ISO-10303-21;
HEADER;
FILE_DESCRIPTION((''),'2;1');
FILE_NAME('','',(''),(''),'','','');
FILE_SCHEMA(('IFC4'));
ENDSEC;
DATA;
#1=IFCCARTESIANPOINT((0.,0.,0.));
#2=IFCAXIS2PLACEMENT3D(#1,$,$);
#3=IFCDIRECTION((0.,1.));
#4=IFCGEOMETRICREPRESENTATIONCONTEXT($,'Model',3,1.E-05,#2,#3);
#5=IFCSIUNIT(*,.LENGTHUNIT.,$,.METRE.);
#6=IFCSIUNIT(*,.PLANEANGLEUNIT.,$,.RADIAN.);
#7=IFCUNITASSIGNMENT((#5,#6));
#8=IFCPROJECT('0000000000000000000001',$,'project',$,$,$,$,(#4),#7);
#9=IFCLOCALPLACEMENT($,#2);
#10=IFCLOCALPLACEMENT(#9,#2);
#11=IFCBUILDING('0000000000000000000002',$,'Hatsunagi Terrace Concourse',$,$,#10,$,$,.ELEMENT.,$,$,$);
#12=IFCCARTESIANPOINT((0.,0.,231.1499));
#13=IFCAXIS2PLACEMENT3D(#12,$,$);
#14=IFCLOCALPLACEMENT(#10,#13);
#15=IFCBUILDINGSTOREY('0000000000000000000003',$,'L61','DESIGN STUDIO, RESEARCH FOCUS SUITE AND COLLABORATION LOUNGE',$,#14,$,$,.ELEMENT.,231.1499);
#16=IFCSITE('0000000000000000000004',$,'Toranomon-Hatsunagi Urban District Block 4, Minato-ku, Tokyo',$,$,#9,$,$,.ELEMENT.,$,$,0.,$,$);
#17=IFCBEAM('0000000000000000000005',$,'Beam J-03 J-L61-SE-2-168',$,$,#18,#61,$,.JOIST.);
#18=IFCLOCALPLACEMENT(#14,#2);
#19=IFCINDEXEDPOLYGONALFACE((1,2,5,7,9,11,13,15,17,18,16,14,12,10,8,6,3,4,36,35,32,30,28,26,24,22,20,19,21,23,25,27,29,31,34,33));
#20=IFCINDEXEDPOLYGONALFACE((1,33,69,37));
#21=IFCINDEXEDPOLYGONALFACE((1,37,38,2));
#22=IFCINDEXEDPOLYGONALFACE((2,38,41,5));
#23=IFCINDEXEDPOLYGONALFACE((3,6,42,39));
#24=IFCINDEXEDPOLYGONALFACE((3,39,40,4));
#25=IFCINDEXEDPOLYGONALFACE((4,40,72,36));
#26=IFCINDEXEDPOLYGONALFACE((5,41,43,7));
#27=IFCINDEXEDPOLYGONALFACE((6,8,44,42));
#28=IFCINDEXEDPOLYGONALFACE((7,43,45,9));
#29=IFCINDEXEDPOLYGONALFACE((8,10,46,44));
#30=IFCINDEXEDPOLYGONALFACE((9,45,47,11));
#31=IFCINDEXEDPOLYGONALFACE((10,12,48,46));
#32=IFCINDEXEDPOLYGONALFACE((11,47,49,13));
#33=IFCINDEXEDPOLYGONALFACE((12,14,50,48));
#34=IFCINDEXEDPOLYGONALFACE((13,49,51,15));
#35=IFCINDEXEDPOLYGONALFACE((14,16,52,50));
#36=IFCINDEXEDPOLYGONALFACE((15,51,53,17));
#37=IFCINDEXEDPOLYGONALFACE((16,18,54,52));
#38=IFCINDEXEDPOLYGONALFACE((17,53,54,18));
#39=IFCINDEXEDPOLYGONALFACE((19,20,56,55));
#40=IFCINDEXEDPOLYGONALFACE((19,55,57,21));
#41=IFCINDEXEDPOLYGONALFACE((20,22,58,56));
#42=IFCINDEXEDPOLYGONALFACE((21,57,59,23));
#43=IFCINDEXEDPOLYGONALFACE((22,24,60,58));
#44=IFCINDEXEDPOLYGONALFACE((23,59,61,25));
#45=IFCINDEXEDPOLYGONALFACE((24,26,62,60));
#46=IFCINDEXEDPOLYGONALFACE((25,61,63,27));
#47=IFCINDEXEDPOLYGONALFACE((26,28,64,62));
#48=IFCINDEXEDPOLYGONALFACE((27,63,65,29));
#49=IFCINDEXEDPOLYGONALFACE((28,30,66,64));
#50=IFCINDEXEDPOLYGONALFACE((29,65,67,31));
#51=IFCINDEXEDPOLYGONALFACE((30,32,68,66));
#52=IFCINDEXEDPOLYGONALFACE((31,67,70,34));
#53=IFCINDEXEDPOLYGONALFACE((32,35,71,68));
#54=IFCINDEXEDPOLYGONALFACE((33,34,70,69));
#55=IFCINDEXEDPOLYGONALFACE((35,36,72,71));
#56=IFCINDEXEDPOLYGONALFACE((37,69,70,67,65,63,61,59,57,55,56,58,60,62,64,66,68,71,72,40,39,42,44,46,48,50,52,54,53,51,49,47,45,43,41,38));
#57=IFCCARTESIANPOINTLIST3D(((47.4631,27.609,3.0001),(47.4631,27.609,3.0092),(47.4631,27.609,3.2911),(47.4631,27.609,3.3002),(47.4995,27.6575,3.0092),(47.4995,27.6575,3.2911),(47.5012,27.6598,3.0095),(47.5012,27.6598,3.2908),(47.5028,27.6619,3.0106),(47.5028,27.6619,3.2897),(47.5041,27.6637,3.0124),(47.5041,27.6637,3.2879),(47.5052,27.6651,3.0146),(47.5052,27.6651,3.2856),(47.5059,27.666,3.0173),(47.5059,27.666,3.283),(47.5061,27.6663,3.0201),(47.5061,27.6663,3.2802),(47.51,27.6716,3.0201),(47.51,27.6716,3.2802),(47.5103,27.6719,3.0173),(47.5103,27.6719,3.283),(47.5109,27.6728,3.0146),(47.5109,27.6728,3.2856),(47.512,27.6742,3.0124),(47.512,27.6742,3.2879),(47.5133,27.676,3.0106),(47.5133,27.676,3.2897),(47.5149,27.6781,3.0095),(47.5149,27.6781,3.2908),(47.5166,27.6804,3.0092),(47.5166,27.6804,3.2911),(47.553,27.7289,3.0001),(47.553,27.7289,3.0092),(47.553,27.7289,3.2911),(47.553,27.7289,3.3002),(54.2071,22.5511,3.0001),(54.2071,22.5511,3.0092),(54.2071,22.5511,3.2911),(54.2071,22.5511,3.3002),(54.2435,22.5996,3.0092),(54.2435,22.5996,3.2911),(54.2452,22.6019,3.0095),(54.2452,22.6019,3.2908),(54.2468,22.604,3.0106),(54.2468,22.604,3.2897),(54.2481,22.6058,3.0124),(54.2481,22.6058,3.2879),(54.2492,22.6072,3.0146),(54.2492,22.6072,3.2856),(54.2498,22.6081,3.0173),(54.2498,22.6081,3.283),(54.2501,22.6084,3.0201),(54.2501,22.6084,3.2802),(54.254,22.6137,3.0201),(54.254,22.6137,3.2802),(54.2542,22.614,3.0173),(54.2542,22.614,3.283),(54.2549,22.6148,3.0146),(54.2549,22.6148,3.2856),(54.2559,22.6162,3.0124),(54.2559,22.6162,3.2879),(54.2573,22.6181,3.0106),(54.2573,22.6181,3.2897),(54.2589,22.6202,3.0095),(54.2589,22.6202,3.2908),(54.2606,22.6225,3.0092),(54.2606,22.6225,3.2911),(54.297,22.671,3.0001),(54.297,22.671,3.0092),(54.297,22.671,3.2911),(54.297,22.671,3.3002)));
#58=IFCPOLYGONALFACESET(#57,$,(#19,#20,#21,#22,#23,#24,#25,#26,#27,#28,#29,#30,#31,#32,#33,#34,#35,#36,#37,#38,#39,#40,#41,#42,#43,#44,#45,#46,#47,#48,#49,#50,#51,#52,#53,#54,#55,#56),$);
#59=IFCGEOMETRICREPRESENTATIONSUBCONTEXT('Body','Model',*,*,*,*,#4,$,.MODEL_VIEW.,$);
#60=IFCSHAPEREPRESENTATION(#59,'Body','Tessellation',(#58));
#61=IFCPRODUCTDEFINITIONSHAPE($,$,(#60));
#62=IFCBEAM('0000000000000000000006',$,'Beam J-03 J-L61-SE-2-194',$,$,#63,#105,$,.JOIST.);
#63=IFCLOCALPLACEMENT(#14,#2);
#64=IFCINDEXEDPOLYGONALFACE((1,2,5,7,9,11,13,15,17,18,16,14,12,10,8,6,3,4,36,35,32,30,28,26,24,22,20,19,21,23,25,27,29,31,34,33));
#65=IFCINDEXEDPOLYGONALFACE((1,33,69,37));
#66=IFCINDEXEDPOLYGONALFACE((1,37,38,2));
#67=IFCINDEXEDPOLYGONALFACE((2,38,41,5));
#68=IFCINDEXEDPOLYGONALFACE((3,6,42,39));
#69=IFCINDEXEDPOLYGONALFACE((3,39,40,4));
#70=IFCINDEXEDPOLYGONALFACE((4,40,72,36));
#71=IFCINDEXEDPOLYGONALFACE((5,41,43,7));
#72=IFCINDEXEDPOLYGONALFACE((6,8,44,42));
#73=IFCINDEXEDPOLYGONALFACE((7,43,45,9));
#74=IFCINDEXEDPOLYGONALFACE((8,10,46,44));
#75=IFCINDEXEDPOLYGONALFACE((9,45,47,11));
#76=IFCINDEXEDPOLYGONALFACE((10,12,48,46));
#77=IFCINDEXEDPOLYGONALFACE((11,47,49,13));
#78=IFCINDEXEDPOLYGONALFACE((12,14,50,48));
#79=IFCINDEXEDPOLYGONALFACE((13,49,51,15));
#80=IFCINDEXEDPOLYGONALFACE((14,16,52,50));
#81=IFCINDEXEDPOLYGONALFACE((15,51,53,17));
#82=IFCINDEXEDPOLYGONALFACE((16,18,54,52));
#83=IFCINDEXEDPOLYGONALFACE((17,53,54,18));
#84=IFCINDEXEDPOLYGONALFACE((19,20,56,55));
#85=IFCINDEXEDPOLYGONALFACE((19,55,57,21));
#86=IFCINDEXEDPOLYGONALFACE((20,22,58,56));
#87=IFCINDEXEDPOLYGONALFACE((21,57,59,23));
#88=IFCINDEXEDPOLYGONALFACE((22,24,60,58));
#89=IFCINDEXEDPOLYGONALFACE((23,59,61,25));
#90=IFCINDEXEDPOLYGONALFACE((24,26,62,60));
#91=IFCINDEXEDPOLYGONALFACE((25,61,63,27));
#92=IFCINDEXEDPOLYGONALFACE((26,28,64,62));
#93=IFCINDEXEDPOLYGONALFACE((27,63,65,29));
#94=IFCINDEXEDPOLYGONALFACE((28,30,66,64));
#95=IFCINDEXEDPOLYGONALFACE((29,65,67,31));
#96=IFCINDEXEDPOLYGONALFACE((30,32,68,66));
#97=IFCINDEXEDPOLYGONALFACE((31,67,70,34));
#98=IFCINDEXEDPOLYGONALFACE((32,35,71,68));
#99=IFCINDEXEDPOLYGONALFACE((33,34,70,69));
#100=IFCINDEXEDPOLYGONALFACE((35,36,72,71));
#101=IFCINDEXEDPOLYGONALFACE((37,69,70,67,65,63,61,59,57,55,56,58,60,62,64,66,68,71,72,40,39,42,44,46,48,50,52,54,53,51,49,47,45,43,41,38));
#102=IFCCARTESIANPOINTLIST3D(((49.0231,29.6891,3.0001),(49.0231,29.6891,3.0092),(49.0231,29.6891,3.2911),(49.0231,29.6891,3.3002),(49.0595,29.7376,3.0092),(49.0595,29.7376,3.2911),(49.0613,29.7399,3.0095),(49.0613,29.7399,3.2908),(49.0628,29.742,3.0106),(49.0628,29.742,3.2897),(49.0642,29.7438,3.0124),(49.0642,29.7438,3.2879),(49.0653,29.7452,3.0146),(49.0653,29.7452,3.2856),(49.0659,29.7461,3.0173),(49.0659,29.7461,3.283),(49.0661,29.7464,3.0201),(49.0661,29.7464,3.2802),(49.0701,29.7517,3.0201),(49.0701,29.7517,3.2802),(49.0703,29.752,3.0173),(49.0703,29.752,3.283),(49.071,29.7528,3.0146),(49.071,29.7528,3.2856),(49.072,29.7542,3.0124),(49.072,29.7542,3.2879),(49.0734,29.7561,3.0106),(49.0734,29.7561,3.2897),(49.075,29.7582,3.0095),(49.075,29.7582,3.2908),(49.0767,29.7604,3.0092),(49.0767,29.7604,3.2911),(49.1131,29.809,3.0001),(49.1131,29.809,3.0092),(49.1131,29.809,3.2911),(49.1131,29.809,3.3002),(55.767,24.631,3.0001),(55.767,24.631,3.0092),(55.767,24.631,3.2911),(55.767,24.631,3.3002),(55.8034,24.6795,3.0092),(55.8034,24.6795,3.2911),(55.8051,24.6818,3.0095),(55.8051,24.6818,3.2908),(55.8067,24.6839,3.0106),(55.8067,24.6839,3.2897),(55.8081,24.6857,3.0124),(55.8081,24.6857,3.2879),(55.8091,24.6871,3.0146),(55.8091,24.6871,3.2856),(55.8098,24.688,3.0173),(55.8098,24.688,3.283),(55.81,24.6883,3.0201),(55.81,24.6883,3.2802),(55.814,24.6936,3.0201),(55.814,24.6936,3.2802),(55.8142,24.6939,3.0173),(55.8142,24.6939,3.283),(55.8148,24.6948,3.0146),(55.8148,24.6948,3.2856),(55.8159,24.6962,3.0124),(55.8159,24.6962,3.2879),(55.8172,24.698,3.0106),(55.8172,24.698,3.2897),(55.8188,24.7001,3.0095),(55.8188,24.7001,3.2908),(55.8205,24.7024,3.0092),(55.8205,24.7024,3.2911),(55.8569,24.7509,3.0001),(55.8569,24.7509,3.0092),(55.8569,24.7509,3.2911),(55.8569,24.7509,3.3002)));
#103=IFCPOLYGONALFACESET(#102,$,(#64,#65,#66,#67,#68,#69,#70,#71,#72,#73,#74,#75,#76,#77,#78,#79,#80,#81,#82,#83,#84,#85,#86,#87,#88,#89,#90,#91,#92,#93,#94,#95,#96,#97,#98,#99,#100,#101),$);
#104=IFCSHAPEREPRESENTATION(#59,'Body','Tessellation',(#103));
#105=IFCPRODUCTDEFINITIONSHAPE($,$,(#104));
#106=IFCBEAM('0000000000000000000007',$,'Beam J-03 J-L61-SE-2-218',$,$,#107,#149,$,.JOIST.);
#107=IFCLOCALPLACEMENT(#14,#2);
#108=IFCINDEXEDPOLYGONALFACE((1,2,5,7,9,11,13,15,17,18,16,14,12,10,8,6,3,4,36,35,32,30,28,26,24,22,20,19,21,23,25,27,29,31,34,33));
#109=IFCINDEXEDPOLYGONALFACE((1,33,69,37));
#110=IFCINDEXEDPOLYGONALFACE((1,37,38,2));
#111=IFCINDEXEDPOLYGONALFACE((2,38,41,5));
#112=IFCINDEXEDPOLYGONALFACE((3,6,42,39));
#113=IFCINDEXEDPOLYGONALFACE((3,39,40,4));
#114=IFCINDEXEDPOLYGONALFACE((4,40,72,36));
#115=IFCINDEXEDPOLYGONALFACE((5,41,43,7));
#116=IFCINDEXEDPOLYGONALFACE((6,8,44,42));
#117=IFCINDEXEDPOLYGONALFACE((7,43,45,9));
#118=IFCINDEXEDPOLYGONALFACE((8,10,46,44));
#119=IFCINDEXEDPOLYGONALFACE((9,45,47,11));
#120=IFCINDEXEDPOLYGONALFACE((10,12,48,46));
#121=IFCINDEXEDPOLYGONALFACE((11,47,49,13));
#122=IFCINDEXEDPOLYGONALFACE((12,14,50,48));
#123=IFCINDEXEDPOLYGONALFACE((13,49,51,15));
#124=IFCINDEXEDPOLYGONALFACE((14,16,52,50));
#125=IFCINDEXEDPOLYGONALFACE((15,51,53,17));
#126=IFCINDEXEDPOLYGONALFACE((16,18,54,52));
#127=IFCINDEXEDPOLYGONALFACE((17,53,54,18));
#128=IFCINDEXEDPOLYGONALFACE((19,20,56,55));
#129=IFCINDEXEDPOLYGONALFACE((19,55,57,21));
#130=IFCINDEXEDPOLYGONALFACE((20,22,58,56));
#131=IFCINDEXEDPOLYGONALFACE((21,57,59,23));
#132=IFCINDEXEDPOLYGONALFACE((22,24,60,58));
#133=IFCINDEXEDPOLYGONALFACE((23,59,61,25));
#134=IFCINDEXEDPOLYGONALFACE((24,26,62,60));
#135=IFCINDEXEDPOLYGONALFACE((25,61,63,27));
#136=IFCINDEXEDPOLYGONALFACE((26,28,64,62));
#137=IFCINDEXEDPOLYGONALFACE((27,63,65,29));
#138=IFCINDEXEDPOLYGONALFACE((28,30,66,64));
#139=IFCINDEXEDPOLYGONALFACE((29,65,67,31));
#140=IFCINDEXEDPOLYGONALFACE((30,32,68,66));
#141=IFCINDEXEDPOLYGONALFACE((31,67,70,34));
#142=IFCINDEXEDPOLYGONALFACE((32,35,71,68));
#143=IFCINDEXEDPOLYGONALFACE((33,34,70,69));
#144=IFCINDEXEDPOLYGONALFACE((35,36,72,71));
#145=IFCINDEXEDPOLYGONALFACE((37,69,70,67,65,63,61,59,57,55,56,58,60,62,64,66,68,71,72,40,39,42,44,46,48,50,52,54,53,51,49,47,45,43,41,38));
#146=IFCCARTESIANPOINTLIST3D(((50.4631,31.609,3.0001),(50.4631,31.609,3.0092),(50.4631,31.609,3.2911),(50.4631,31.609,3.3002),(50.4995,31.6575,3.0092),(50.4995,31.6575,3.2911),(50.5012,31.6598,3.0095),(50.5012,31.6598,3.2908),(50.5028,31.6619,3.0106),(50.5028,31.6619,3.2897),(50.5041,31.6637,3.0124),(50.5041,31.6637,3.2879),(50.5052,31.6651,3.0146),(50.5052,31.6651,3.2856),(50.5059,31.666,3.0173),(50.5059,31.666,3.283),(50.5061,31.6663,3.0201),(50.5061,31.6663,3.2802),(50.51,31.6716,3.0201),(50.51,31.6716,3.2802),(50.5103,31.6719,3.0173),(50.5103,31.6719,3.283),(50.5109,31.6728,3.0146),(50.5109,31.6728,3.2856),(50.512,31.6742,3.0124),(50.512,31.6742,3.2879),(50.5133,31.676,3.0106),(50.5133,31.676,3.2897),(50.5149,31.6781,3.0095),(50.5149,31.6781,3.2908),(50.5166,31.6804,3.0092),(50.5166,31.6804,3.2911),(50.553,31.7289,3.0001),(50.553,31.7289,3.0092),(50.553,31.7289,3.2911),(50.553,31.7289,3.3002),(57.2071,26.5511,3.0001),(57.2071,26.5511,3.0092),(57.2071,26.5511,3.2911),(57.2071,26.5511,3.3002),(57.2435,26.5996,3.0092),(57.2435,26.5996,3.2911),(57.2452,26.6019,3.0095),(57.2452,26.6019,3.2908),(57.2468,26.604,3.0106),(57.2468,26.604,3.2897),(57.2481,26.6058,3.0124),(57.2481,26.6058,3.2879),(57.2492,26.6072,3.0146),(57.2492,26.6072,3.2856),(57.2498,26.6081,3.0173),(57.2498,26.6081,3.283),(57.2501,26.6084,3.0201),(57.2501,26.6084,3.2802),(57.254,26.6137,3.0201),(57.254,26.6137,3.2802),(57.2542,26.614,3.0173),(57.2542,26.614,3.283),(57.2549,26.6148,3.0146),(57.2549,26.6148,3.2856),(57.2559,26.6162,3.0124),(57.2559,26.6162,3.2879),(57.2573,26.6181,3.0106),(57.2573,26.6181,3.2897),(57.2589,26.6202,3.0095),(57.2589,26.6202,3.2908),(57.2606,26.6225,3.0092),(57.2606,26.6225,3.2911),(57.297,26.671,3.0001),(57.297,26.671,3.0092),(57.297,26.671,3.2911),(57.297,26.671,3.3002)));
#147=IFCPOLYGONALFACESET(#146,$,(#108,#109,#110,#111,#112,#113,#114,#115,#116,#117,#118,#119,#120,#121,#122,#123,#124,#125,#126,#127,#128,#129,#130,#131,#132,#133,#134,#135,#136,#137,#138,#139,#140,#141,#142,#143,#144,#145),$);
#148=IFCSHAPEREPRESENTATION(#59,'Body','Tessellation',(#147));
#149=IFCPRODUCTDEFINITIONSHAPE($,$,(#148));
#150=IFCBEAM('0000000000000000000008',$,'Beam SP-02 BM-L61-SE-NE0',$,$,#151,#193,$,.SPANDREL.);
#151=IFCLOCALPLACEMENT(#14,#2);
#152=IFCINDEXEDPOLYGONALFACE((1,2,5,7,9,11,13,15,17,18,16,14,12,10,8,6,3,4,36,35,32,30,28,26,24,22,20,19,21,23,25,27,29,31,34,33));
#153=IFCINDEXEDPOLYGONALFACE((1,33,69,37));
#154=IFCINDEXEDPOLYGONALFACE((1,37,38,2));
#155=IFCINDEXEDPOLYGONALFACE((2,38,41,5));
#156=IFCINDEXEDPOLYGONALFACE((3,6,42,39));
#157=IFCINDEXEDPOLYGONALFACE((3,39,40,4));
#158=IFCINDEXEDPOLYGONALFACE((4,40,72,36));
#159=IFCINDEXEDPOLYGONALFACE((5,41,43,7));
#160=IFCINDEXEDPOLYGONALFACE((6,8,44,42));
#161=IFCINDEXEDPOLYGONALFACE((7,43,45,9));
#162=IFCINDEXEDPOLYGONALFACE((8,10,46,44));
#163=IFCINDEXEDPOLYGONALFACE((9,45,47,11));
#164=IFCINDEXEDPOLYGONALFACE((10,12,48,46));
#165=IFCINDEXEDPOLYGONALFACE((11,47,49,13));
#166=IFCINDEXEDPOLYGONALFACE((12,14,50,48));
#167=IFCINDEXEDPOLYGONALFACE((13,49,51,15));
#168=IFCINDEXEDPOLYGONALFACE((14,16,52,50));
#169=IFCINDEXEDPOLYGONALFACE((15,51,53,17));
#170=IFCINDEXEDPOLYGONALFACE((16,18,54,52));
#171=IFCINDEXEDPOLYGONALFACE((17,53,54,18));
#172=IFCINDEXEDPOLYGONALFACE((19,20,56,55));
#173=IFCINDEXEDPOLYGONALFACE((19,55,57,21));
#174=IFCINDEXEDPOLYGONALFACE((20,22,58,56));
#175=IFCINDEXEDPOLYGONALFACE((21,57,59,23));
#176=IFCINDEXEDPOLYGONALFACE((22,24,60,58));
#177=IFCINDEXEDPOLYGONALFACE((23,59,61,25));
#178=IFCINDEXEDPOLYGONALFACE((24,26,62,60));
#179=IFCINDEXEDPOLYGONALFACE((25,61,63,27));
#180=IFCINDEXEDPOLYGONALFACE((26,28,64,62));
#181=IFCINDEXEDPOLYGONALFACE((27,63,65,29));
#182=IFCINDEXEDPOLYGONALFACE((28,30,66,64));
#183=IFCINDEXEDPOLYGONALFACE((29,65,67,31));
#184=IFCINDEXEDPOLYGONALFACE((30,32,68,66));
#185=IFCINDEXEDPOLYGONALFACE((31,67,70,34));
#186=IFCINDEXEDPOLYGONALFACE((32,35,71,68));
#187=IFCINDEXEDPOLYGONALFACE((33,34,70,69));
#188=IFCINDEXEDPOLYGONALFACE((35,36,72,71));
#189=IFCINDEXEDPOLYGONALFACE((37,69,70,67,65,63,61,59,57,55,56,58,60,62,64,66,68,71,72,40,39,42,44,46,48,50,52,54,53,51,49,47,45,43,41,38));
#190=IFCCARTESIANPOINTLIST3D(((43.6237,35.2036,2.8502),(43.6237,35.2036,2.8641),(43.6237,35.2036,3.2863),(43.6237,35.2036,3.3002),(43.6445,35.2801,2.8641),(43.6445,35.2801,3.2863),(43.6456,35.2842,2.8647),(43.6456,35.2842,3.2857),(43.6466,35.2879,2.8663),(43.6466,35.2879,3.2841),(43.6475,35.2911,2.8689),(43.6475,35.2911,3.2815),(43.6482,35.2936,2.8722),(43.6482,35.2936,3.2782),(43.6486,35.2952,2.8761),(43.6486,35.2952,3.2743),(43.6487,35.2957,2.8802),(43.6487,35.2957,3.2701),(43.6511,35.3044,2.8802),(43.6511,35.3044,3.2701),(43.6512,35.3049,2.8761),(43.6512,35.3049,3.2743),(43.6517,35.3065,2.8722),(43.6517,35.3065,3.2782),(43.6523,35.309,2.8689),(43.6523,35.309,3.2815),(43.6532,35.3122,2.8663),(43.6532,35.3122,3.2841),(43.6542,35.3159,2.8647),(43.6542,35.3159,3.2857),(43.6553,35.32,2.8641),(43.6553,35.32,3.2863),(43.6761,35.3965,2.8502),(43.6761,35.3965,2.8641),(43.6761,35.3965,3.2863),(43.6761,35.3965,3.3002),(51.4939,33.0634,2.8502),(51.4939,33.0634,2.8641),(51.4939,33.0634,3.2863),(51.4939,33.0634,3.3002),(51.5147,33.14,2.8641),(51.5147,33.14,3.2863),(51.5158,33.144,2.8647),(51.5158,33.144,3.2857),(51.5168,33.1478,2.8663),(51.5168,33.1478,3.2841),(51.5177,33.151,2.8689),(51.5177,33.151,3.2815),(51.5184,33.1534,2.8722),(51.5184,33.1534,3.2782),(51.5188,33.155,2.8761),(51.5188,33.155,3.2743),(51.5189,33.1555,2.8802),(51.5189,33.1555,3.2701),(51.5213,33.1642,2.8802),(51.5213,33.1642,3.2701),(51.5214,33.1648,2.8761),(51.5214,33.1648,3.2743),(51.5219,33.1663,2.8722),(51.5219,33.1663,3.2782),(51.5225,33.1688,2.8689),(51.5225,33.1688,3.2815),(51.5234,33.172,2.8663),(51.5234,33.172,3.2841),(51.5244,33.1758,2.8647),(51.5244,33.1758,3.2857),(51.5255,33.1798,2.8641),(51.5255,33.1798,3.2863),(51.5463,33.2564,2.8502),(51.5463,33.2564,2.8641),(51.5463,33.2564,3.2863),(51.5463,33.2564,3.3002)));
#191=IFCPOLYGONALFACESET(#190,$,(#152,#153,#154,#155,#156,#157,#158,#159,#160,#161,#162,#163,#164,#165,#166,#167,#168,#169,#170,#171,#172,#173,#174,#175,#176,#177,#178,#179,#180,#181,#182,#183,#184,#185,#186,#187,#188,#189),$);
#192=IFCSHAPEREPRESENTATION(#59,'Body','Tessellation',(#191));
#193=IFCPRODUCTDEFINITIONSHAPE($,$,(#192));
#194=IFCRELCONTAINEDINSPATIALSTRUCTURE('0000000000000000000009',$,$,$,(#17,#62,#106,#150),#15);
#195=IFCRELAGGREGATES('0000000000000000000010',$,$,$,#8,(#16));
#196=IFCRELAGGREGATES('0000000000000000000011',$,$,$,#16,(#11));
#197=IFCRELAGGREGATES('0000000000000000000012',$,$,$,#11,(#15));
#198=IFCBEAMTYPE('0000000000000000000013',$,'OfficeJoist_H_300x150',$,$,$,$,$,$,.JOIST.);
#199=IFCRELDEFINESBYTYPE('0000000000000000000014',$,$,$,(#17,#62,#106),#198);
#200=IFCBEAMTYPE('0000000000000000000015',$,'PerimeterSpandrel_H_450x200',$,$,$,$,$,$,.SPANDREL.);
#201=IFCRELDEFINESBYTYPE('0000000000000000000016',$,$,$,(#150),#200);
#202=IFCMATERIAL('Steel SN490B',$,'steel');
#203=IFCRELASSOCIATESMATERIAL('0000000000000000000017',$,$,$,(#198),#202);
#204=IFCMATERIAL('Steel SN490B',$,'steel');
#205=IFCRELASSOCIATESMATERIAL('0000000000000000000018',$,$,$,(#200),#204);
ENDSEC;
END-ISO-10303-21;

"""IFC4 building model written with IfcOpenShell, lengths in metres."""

from ifc_helpers import new_model, si_unit, direction, frame, origin, origin_2d, place, context, subcontext, project, spatial, i_section, extrude, material, material_profile, profile_set, type_object, element, save


model = new_model("IFC4")

# Units and contexts
model_context = context("Model", 3, precision=1e-05, world=origin(), true_north=direction((0.0, 1.0)))
body_context = subcontext(model_context, "Body", "Model", "MODEL_VIEW")
ifc_project = project(units=[si_unit("LENGTHUNIT", "METRE"), si_unit("PLANEANGLEUNIT", "RADIAN")], contexts=[model_context])

# Site, building, storey
site_placement = place(None, origin())
site = spatial("IfcSite", under=ifc_project, at=site_placement, Name="Toranomon-Hatsunagi Urban District Block 4, Minato-ku, Tokyo", CompositionType="ELEMENT", RefElevation=0.0)
building_placement = place(site_placement, origin())
building = spatial("IfcBuilding", under=site, at=building_placement, Name="Hatsunagi Terrace Concourse", CompositionType="ELEMENT")
storey_placement = place(building_placement, frame((0.0, 0.0, 231.1499)))
storey = spatial("IfcBuildingStorey", under=building, at=storey_placement, Name="L61", Description="DESIGN STUDIO, RESEARCH FOCUS SUITE AND COLLABORATION LOUNGE", CompositionType="ELEMENT", Elevation=231.1499)

# Beams
ifc_material_1 = material(Name="Steel SN490B", Category="steel")
ifc_material_profile_1 = material_profile(ifc_material_1, i_section(OverallWidth=0.1499, OverallDepth=0.3, WebThickness=0.0066, FlangeThickness=0.009, FilletRadius=0.011, at=origin_2d()), Name="H-300x150x6.5x9")
ifc_profile_set_1 = profile_set([ifc_material_profile_1], Name="Steel SN490B")
beam_type_1 = type_object("IfcBeamType", Name="OfficeJoist_H_300x150", PredefinedType="JOIST", material=ifc_profile_set_1)
for number, where, z_axis, x_axis, name in (
    (1, (47.5081, 27.6689, 3.1501), (0.800003, -0.599995, 0.0), (0.599995, 0.800003, 0.0), "Beam J-03 J-L61-SE-2-168"),
    (2, (49.0681, 29.749, 3.1501), (0.79999, -0.600014, 0.0), (0.600014, 0.79999, 0.0), "Beam J-03 J-L61-SE-2-194"),
    (3, (50.5081, 31.6689, 3.1501), (0.800003, -0.599995, 0.0), (0.599995, 0.800003, 0.0), "Beam J-03 J-L61-SE-2-218"),
):
    element("IfcBeam", number, at=place(storey_placement, frame(where, z_axis=z_axis, x_axis=x_axis)), inside=storey, type_object=beam_type_1, Name=name, PredefinedType="JOIST", context=body_context, shape_type="SweptSolid", body=[
        extrude(i_section(OverallWidth=0.1499, OverallDepth=0.3, WebThickness=0.0066, FlangeThickness=0.009, FilletRadius=0.011, at=origin_2d()), origin(), (0.0, 0.0, 1.0), 8.4299),
    ])
ifc_material_2 = material(Name="Steel SN490B", Category="steel")
ifc_material_profile_2 = material_profile(ifc_material_2, i_section(OverallWidth=0.2, OverallDepth=0.45, WebThickness=0.009, FlangeThickness=0.0139, FilletRadius=0.0161, at=origin_2d()), Name="H-450x200x9x14")
ifc_profile_set_2 = profile_set([ifc_material_profile_2], Name="Steel SN490B")
beam_type_2 = type_object("IfcBeamType", Name="PerimeterSpandrel_H_450x200", PredefinedType="SPANDREL", material=ifc_profile_set_2)
beam_1_placement = place(storey_placement, frame((43.6499, 35.3, 3.0752), z_axis=(0.964958, -0.262403, 0.0), x_axis=(0.262403, 0.964958, 0.0)))
element("IfcBeam", 4, at=beam_1_placement, inside=storey, type_object=beam_type_2, Name="Beam SP-02 BM-L61-SE-NE0", PredefinedType="SPANDREL", context=body_context, shape_type="SweptSolid", body=[
    extrude(i_section(OverallWidth=0.2, OverallDepth=0.45, WebThickness=0.009, FlangeThickness=0.0139, FilletRadius=0.0161, at=origin_2d()), origin(), (0.0, 0.0, 1.0), 8.156),
])

save(model, "model.ifc")
